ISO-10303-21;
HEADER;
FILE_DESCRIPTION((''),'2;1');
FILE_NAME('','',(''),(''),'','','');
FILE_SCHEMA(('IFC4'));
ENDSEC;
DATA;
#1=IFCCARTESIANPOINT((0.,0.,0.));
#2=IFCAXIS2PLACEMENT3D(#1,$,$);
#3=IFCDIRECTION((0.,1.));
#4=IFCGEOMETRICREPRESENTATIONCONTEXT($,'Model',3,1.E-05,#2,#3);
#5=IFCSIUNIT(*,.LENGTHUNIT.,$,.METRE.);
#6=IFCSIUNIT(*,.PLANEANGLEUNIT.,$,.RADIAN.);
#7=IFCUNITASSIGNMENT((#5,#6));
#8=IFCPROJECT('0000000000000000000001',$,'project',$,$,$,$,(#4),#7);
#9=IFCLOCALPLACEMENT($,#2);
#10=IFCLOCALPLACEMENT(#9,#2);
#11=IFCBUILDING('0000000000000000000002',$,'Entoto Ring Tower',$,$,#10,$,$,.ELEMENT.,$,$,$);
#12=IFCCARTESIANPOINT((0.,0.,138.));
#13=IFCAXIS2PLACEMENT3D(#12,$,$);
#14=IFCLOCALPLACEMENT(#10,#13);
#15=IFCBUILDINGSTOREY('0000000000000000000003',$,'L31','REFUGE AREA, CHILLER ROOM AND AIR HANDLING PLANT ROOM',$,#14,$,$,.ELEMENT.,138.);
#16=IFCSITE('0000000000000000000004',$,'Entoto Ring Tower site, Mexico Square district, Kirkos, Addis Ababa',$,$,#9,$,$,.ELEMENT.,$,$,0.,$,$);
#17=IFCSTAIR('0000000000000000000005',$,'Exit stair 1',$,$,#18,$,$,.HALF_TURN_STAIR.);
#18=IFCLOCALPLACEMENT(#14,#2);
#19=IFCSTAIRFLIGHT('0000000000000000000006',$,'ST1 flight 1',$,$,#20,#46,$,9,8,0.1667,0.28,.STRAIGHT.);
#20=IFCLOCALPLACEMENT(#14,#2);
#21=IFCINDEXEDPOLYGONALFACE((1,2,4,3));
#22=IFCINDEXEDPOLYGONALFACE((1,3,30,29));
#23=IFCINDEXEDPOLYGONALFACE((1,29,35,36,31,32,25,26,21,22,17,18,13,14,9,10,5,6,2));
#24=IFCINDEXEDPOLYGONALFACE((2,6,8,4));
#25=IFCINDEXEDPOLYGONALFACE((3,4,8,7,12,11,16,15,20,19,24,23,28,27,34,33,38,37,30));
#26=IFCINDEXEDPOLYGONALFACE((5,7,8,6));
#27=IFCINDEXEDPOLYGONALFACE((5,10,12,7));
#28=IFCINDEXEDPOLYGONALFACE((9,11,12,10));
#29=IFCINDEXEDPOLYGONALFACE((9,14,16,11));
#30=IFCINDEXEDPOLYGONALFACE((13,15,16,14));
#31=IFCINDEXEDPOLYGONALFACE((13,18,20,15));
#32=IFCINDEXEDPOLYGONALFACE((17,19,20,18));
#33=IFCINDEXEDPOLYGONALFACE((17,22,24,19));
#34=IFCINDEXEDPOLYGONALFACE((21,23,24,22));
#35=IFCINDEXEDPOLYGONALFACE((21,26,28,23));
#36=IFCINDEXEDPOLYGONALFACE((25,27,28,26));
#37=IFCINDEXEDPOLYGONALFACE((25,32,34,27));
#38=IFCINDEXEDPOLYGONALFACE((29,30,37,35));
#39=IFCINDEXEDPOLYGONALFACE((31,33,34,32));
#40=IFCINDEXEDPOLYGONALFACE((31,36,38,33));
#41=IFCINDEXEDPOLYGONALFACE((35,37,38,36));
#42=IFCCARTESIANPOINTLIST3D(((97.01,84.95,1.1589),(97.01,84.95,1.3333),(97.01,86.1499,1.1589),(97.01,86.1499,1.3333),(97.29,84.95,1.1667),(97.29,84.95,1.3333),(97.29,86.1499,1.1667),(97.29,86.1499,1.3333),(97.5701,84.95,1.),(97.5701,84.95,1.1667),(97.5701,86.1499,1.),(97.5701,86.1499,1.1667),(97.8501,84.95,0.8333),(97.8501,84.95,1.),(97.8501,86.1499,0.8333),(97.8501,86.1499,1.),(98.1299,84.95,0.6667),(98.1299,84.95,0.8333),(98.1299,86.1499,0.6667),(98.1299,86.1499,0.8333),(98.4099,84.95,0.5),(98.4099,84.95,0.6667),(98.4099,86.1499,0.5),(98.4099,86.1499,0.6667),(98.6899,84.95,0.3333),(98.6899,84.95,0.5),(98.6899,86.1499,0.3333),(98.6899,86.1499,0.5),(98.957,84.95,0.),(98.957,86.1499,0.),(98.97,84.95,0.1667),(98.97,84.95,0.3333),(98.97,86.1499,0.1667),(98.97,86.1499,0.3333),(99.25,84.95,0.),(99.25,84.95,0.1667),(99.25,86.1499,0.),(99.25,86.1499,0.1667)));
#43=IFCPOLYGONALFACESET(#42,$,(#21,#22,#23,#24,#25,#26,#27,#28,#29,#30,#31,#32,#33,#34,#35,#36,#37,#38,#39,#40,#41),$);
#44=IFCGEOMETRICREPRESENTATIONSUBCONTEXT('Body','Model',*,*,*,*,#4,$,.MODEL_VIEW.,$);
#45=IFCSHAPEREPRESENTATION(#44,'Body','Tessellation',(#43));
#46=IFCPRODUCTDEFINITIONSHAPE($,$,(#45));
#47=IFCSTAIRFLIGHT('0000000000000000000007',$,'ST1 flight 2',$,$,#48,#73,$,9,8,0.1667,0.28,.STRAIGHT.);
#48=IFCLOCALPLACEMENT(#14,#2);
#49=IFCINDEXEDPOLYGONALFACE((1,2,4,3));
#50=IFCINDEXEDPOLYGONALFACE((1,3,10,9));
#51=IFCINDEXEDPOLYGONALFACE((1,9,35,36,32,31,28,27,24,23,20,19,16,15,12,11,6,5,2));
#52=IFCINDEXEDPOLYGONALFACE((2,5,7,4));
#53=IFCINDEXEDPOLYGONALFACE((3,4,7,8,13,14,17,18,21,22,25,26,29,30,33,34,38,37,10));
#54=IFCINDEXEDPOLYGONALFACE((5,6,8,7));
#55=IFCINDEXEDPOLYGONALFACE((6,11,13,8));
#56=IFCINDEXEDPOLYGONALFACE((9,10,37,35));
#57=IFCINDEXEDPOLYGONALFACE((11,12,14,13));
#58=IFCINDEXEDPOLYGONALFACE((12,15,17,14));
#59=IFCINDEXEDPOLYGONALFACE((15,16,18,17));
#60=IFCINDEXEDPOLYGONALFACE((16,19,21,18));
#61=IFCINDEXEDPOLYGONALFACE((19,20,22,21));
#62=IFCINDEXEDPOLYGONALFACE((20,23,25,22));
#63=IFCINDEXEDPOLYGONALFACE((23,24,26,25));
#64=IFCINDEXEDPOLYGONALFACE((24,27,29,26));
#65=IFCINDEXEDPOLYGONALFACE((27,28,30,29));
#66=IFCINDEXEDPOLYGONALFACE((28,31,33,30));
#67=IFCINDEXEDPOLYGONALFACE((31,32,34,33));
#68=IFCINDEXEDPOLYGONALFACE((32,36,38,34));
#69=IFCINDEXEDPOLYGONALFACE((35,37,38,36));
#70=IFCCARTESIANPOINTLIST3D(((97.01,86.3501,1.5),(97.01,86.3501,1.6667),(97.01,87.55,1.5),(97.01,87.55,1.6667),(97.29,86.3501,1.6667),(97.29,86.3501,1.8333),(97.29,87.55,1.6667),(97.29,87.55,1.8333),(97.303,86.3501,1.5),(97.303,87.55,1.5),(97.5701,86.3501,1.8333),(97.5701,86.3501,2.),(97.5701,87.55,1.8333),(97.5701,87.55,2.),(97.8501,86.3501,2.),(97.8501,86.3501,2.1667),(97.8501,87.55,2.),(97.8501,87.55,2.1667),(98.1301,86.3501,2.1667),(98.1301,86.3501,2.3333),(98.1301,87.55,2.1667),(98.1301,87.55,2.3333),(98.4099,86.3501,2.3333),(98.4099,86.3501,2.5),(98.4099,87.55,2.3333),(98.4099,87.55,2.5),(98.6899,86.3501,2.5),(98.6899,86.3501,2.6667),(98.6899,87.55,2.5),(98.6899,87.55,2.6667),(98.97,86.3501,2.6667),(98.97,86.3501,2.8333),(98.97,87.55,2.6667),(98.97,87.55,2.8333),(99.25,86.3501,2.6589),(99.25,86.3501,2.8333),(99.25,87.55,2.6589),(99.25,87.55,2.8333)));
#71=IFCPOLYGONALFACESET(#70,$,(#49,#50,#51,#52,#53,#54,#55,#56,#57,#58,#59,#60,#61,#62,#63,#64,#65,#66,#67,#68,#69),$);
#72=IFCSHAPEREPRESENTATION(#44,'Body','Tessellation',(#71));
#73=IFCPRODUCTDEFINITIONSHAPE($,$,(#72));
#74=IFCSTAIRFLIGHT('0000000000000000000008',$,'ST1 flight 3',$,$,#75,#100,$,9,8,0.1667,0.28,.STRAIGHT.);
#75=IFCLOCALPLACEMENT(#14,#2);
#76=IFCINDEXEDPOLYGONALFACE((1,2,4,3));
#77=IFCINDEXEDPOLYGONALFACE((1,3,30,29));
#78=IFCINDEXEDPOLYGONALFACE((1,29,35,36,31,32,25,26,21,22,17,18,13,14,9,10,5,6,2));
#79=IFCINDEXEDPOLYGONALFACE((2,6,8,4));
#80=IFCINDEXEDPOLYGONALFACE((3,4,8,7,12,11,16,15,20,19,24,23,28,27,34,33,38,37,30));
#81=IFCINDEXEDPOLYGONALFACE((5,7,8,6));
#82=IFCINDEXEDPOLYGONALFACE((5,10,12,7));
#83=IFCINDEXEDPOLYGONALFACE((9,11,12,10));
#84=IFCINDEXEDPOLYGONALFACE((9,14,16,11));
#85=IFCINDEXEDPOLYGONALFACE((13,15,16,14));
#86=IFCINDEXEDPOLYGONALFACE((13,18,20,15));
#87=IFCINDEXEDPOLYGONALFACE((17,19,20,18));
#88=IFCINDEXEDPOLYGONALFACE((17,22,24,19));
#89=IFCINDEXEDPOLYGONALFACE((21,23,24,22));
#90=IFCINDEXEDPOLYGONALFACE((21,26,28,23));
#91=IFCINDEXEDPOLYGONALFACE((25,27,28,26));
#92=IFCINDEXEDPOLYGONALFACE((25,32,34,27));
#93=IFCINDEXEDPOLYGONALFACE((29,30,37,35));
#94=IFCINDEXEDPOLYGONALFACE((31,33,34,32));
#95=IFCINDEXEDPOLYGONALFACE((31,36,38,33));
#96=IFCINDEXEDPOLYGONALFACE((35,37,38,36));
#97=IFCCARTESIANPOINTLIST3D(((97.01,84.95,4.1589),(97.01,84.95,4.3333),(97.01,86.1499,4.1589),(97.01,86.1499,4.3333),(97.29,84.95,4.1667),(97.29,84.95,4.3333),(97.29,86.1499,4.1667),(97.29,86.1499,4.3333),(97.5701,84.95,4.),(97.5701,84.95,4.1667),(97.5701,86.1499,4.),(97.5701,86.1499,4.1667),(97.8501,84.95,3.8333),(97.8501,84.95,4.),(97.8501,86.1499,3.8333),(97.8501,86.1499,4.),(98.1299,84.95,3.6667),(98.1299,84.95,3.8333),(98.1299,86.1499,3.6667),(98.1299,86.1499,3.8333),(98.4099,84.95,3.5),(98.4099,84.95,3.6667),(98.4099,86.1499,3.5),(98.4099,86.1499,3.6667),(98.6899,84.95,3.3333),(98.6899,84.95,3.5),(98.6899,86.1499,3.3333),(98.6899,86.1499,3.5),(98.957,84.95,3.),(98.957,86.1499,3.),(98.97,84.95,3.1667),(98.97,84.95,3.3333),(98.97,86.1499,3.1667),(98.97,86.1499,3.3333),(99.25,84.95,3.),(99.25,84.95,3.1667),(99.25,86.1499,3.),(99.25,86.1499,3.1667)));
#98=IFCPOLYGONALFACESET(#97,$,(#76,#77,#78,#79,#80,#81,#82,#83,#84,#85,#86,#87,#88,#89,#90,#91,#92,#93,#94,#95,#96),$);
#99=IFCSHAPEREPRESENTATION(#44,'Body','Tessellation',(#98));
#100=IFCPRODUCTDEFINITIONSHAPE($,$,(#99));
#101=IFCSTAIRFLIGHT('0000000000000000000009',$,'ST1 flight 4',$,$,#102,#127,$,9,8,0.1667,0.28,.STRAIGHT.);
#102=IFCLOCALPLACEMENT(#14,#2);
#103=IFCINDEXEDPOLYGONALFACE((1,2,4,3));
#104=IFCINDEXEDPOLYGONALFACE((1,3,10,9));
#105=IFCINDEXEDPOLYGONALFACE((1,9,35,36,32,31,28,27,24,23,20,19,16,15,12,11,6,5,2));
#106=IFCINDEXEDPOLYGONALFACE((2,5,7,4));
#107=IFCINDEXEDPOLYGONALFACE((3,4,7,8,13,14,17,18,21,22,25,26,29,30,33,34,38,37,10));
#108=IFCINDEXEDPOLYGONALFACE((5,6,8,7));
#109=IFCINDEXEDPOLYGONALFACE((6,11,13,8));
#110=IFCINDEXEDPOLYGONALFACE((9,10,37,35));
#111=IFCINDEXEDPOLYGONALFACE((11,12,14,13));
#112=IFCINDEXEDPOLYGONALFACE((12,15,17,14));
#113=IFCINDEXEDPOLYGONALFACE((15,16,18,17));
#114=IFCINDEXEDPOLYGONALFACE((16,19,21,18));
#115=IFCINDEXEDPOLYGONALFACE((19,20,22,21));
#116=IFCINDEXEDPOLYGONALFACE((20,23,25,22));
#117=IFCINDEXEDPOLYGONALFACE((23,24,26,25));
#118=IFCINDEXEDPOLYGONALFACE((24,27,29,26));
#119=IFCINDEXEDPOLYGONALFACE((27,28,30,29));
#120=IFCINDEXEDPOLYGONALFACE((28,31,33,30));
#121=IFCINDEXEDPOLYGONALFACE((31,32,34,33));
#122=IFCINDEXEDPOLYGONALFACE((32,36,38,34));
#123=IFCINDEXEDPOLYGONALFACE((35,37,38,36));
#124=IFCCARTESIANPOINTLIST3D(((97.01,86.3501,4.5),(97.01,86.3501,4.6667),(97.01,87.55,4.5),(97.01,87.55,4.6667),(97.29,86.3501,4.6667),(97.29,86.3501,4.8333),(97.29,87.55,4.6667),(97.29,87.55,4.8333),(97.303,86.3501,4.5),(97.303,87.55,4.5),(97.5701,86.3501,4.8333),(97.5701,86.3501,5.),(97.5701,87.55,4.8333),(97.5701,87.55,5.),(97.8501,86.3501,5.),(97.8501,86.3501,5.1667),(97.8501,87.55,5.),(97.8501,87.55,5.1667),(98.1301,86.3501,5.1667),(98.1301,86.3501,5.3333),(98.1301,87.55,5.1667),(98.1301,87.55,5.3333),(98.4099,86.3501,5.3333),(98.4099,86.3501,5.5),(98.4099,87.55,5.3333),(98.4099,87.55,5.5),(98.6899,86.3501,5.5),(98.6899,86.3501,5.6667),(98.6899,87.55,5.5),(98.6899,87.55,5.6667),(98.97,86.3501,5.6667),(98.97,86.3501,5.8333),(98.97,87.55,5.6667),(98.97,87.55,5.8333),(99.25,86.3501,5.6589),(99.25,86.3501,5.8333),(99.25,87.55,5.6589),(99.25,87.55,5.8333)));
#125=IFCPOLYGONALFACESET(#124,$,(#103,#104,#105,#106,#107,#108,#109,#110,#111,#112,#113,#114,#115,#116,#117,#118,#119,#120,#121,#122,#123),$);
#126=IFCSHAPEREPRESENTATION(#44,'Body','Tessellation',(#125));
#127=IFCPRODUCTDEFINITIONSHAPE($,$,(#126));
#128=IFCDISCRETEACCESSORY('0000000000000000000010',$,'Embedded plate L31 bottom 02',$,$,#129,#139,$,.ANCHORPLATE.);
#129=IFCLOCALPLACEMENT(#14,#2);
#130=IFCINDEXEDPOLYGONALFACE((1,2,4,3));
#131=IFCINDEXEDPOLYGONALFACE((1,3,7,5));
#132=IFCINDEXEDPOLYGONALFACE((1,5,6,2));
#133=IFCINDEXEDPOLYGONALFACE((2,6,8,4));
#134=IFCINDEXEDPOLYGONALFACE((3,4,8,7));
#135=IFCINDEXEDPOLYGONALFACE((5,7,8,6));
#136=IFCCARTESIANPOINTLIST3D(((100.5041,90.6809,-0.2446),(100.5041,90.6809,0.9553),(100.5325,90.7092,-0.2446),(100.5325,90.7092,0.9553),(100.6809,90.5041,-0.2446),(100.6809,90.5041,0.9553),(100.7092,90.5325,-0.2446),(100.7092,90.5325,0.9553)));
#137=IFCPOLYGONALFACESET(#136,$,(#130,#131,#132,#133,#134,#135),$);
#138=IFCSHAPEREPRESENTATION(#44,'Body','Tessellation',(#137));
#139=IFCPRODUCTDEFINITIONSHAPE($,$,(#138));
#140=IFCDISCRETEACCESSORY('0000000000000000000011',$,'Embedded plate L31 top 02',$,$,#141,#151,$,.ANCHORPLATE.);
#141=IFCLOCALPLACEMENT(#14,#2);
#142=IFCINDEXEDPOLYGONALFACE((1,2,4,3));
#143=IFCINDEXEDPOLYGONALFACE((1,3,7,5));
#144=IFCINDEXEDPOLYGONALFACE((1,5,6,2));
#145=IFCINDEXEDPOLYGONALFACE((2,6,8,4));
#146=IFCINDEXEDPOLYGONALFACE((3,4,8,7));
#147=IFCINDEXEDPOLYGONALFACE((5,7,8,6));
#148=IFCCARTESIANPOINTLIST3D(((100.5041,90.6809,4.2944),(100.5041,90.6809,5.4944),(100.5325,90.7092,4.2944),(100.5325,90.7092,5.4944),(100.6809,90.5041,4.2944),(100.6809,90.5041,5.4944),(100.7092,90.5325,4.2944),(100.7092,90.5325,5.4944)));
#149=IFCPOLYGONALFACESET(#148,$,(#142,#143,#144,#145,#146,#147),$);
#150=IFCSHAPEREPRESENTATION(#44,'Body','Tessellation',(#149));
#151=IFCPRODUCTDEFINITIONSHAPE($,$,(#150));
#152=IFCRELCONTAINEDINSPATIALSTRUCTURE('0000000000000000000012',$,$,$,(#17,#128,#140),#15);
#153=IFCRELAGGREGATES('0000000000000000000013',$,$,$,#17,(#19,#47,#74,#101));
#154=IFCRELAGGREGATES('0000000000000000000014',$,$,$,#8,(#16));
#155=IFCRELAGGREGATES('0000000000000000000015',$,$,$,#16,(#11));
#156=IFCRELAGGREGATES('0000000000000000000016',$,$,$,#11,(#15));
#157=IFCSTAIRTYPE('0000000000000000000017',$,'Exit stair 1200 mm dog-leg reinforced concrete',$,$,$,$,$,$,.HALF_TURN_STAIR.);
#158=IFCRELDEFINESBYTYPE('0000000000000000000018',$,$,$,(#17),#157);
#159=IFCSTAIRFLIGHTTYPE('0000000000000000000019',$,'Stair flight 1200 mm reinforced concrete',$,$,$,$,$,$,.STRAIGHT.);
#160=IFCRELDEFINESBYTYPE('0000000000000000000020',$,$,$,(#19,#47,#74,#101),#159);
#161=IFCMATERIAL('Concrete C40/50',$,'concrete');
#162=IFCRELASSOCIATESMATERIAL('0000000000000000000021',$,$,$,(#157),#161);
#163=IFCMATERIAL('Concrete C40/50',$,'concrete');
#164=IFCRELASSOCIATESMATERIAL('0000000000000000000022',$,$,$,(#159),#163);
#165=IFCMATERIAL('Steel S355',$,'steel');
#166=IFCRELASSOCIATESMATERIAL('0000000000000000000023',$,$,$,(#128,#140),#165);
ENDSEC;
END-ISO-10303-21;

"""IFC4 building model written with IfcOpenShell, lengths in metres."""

from ifc_helpers import new_model, si_unit, direction, frame, origin, origin_2d, place, context, subcontext, project, spatial, polyline, rectangle, outline, extrude, material, type_object, element, aggregate, save


model = new_model("IFC4")

# Units and contexts
model_context = context("Model", 3, precision=1e-05, world=origin(), true_north=direction((0.0, 1.0)))
body_context = subcontext(model_context, "Body", "Model", "MODEL_VIEW")
ifc_project = project(units=[si_unit("LENGTHUNIT", "METRE"), si_unit("PLANEANGLEUNIT", "RADIAN")], contexts=[model_context])

# Site, building, storey
site_placement = place(None, origin())
site = spatial("IfcSite", under=ifc_project, at=site_placement, Name="Entoto Ring Tower site, Mexico Square district, Kirkos, Addis Ababa", CompositionType="ELEMENT", RefElevation=0.0)
building_placement = place(site_placement, origin())
building = spatial("IfcBuilding", under=site, at=building_placement, Name="Entoto Ring Tower", CompositionType="ELEMENT")
storey_placement = place(building_placement, frame((0.0, 0.0, 138.0)))
storey = spatial("IfcBuildingStorey", under=building, at=storey_placement, Name="L31", Description="REFUGE AREA, CHILLER ROOM AND AIR HANDLING PLANT ROOM", CompositionType="ELEMENT", Elevation=138.0)

# Stair, stair flights
ifc_material_1 = material(Name="Concrete C40/50", Category="concrete")
stair_type = type_object("IfcStairType", Name="Exit stair 1200 mm dog-leg reinforced concrete", PredefinedType="HALF_TURN_STAIR", material=ifc_material_1)
stair_placement = place(storey_placement, origin())
stair = element("IfcStair", 1, at=stair_placement, inside=storey, type_object=stair_type, Name="Exit stair 1", PredefinedType="HALF_TURN_STAIR")
ifc_material_2 = material(Name="Concrete C40/50", Category="concrete")
stair_flight_type = type_object("IfcStairFlightType", Name="Stair flight 1200 mm reinforced concrete", PredefinedType="STRAIGHT", material=ifc_material_2)
stair_flight_1_placement = place(storey_placement, frame((99.25, 85.55, 0.0), z_axis=(0.0, 0.0, 1.0), x_axis=(-1.0, 0.0, 0.0)))
stair_flight_1 = element("IfcStairFlight", 2, at=stair_flight_1_placement, type_object=stair_flight_type, Name="ST1 flight 1", NumberOfRisers=9, NumberOfTreads=8, PredefinedType="STRAIGHT", RiserHeight=0.1667, TreadLength=0.28, context=body_context, shape_type="SweptSolid", body=[
    extrude(outline(polyline([(0.0, 0.0), (0.0, 0.1667), (0.28, 0.1667), (0.28, 0.3333), (0.5601, 0.3333), (0.5601, 0.5), (0.8401, 0.5), (0.8401, 0.6667), (1.1201, 0.6667), (1.1201, 0.8333), (1.3999, 0.8333), (1.3999, 1.0), (1.6799, 1.0), (1.6799, 1.1667), (1.96, 1.1667), (1.96, 1.3333), (2.24, 1.3333), (2.24, 1.5), (2.24, 1.1589), (0.293, 0.0), (0.0, 0.0)])), frame((0.0, 0.6001, 0.0), z_axis=(0.0, -1.0, 0.0), x_axis=(1.0, 0.0, 0.0)), (0.0, 0.0, 1.0), 1.2),
])
stair_flight_2_placement = place(storey_placement, frame((97.01, 86.95, 1.5), z_axis=(0.0, 0.0, 1.0), x_axis=(1.0, 0.0, 0.0)))
stair_flight_2 = element("IfcStairFlight", 3, at=stair_flight_2_placement, type_object=stair_flight_type, Name="ST1 flight 2", NumberOfRisers=9, NumberOfTreads=8, PredefinedType="STRAIGHT", RiserHeight=0.1667, TreadLength=0.28, context=body_context, shape_type="SweptSolid", body=[
    extrude(outline(polyline([(0.0, 0.0), (0.0, 0.1667), (0.28, 0.1667), (0.28, 0.3333), (0.5601, 0.3333), (0.5601, 0.5), (0.8401, 0.5), (0.8401, 0.6667), (1.1201, 0.6667), (1.1201, 0.8333), (1.3999, 0.8333), (1.3999, 1.0), (1.6799, 1.0), (1.6799, 1.1667), (1.96, 1.1667), (1.96, 1.3333), (2.24, 1.3333), (2.24, 1.5), (2.24, 1.1589), (0.293, 0.0), (0.0, 0.0)])), frame((0.0, 0.6001, 0.0), z_axis=(0.0, -1.0, 0.0), x_axis=(1.0, 0.0, 0.0)), (0.0, 0.0, 1.0), 1.2),
])
stair_flight_3_placement = place(storey_placement, frame((99.25, 85.55, 3.0), z_axis=(0.0, 0.0, 1.0), x_axis=(-1.0, 0.0, 0.0)))
stair_flight_3 = element("IfcStairFlight", 4, at=stair_flight_3_placement, type_object=stair_flight_type, Name="ST1 flight 3", NumberOfRisers=9, NumberOfTreads=8, PredefinedType="STRAIGHT", RiserHeight=0.1667, TreadLength=0.28, context=body_context, shape_type="SweptSolid", body=[
    extrude(outline(polyline([(0.0, 0.0), (0.0, 0.1667), (0.28, 0.1667), (0.28, 0.3333), (0.5601, 0.3333), (0.5601, 0.5), (0.8401, 0.5), (0.8401, 0.6667), (1.1201, 0.6667), (1.1201, 0.8333), (1.3999, 0.8333), (1.3999, 1.0), (1.6799, 1.0), (1.6799, 1.1667), (1.96, 1.1667), (1.96, 1.3333), (2.24, 1.3333), (2.24, 1.5), (2.24, 1.1589), (0.293, 0.0), (0.0, 0.0)])), frame((0.0, 0.6001, 0.0), z_axis=(0.0, -1.0, 0.0), x_axis=(1.0, 0.0, 0.0)), (0.0, 0.0, 1.0), 1.2),
])
stair_flight_4_placement = place(storey_placement, frame((97.01, 86.95, 4.5), z_axis=(0.0, 0.0, 1.0), x_axis=(1.0, 0.0, 0.0)))
stair_flight_4 = element("IfcStairFlight", 5, at=stair_flight_4_placement, type_object=stair_flight_type, Name="ST1 flight 4", NumberOfRisers=9, NumberOfTreads=8, PredefinedType="STRAIGHT", RiserHeight=0.1667, TreadLength=0.28, context=body_context, shape_type="SweptSolid", body=[
    extrude(outline(polyline([(0.0, 0.0), (0.0, 0.1667), (0.28, 0.1667), (0.28, 0.3333), (0.5601, 0.3333), (0.5601, 0.5), (0.8401, 0.5), (0.8401, 0.6667), (1.1201, 0.6667), (1.1201, 0.8333), (1.3999, 0.8333), (1.3999, 1.0), (1.6799, 1.0), (1.6799, 1.1667), (1.96, 1.1667), (1.96, 1.3333), (2.24, 1.3333), (2.24, 1.5), (2.24, 1.1589), (0.293, 0.0), (0.0, 0.0)])), frame((0.0, 0.6001, 0.0), z_axis=(0.0, -1.0, 0.0), x_axis=(1.0, 0.0, 0.0)), (0.0, 0.0, 1.0), 1.2),
])
aggregate(stair, [stair_flight_1, stair_flight_2, stair_flight_3, stair_flight_4])

# Discrete accessories
ifc_material_3 = material(Name="Steel S355", Category="steel")
for number, where, z_axis, x_axis, name in (
    (6, (100.6067, 90.6067, -0.2446), (0.0, 0.0, 1.0), (0.707107, 0.707107, 0.0), "Embedded plate L31 bottom 02"),
    (7, (100.6067, 90.6067, 4.2944), (0.0, 0.0, 1.0), (0.707107, 0.707107, 0.0), "Embedded plate L31 top 02"),
):
    element("IfcDiscreteAccessory", number, at=place(storey_placement, frame(where, z_axis=z_axis, x_axis=x_axis)), inside=storey, material=ifc_material_3, Name=name, PredefinedType="ANCHORPLATE", context=body_context, shape_type="SweptSolid", body=[
        extrude(rectangle(XDim=0.04, YDim=0.25, at=origin_2d()), origin(), (0.0, 0.0, 1.0), 1.2),
    ])

save(model, "model.ifc")
